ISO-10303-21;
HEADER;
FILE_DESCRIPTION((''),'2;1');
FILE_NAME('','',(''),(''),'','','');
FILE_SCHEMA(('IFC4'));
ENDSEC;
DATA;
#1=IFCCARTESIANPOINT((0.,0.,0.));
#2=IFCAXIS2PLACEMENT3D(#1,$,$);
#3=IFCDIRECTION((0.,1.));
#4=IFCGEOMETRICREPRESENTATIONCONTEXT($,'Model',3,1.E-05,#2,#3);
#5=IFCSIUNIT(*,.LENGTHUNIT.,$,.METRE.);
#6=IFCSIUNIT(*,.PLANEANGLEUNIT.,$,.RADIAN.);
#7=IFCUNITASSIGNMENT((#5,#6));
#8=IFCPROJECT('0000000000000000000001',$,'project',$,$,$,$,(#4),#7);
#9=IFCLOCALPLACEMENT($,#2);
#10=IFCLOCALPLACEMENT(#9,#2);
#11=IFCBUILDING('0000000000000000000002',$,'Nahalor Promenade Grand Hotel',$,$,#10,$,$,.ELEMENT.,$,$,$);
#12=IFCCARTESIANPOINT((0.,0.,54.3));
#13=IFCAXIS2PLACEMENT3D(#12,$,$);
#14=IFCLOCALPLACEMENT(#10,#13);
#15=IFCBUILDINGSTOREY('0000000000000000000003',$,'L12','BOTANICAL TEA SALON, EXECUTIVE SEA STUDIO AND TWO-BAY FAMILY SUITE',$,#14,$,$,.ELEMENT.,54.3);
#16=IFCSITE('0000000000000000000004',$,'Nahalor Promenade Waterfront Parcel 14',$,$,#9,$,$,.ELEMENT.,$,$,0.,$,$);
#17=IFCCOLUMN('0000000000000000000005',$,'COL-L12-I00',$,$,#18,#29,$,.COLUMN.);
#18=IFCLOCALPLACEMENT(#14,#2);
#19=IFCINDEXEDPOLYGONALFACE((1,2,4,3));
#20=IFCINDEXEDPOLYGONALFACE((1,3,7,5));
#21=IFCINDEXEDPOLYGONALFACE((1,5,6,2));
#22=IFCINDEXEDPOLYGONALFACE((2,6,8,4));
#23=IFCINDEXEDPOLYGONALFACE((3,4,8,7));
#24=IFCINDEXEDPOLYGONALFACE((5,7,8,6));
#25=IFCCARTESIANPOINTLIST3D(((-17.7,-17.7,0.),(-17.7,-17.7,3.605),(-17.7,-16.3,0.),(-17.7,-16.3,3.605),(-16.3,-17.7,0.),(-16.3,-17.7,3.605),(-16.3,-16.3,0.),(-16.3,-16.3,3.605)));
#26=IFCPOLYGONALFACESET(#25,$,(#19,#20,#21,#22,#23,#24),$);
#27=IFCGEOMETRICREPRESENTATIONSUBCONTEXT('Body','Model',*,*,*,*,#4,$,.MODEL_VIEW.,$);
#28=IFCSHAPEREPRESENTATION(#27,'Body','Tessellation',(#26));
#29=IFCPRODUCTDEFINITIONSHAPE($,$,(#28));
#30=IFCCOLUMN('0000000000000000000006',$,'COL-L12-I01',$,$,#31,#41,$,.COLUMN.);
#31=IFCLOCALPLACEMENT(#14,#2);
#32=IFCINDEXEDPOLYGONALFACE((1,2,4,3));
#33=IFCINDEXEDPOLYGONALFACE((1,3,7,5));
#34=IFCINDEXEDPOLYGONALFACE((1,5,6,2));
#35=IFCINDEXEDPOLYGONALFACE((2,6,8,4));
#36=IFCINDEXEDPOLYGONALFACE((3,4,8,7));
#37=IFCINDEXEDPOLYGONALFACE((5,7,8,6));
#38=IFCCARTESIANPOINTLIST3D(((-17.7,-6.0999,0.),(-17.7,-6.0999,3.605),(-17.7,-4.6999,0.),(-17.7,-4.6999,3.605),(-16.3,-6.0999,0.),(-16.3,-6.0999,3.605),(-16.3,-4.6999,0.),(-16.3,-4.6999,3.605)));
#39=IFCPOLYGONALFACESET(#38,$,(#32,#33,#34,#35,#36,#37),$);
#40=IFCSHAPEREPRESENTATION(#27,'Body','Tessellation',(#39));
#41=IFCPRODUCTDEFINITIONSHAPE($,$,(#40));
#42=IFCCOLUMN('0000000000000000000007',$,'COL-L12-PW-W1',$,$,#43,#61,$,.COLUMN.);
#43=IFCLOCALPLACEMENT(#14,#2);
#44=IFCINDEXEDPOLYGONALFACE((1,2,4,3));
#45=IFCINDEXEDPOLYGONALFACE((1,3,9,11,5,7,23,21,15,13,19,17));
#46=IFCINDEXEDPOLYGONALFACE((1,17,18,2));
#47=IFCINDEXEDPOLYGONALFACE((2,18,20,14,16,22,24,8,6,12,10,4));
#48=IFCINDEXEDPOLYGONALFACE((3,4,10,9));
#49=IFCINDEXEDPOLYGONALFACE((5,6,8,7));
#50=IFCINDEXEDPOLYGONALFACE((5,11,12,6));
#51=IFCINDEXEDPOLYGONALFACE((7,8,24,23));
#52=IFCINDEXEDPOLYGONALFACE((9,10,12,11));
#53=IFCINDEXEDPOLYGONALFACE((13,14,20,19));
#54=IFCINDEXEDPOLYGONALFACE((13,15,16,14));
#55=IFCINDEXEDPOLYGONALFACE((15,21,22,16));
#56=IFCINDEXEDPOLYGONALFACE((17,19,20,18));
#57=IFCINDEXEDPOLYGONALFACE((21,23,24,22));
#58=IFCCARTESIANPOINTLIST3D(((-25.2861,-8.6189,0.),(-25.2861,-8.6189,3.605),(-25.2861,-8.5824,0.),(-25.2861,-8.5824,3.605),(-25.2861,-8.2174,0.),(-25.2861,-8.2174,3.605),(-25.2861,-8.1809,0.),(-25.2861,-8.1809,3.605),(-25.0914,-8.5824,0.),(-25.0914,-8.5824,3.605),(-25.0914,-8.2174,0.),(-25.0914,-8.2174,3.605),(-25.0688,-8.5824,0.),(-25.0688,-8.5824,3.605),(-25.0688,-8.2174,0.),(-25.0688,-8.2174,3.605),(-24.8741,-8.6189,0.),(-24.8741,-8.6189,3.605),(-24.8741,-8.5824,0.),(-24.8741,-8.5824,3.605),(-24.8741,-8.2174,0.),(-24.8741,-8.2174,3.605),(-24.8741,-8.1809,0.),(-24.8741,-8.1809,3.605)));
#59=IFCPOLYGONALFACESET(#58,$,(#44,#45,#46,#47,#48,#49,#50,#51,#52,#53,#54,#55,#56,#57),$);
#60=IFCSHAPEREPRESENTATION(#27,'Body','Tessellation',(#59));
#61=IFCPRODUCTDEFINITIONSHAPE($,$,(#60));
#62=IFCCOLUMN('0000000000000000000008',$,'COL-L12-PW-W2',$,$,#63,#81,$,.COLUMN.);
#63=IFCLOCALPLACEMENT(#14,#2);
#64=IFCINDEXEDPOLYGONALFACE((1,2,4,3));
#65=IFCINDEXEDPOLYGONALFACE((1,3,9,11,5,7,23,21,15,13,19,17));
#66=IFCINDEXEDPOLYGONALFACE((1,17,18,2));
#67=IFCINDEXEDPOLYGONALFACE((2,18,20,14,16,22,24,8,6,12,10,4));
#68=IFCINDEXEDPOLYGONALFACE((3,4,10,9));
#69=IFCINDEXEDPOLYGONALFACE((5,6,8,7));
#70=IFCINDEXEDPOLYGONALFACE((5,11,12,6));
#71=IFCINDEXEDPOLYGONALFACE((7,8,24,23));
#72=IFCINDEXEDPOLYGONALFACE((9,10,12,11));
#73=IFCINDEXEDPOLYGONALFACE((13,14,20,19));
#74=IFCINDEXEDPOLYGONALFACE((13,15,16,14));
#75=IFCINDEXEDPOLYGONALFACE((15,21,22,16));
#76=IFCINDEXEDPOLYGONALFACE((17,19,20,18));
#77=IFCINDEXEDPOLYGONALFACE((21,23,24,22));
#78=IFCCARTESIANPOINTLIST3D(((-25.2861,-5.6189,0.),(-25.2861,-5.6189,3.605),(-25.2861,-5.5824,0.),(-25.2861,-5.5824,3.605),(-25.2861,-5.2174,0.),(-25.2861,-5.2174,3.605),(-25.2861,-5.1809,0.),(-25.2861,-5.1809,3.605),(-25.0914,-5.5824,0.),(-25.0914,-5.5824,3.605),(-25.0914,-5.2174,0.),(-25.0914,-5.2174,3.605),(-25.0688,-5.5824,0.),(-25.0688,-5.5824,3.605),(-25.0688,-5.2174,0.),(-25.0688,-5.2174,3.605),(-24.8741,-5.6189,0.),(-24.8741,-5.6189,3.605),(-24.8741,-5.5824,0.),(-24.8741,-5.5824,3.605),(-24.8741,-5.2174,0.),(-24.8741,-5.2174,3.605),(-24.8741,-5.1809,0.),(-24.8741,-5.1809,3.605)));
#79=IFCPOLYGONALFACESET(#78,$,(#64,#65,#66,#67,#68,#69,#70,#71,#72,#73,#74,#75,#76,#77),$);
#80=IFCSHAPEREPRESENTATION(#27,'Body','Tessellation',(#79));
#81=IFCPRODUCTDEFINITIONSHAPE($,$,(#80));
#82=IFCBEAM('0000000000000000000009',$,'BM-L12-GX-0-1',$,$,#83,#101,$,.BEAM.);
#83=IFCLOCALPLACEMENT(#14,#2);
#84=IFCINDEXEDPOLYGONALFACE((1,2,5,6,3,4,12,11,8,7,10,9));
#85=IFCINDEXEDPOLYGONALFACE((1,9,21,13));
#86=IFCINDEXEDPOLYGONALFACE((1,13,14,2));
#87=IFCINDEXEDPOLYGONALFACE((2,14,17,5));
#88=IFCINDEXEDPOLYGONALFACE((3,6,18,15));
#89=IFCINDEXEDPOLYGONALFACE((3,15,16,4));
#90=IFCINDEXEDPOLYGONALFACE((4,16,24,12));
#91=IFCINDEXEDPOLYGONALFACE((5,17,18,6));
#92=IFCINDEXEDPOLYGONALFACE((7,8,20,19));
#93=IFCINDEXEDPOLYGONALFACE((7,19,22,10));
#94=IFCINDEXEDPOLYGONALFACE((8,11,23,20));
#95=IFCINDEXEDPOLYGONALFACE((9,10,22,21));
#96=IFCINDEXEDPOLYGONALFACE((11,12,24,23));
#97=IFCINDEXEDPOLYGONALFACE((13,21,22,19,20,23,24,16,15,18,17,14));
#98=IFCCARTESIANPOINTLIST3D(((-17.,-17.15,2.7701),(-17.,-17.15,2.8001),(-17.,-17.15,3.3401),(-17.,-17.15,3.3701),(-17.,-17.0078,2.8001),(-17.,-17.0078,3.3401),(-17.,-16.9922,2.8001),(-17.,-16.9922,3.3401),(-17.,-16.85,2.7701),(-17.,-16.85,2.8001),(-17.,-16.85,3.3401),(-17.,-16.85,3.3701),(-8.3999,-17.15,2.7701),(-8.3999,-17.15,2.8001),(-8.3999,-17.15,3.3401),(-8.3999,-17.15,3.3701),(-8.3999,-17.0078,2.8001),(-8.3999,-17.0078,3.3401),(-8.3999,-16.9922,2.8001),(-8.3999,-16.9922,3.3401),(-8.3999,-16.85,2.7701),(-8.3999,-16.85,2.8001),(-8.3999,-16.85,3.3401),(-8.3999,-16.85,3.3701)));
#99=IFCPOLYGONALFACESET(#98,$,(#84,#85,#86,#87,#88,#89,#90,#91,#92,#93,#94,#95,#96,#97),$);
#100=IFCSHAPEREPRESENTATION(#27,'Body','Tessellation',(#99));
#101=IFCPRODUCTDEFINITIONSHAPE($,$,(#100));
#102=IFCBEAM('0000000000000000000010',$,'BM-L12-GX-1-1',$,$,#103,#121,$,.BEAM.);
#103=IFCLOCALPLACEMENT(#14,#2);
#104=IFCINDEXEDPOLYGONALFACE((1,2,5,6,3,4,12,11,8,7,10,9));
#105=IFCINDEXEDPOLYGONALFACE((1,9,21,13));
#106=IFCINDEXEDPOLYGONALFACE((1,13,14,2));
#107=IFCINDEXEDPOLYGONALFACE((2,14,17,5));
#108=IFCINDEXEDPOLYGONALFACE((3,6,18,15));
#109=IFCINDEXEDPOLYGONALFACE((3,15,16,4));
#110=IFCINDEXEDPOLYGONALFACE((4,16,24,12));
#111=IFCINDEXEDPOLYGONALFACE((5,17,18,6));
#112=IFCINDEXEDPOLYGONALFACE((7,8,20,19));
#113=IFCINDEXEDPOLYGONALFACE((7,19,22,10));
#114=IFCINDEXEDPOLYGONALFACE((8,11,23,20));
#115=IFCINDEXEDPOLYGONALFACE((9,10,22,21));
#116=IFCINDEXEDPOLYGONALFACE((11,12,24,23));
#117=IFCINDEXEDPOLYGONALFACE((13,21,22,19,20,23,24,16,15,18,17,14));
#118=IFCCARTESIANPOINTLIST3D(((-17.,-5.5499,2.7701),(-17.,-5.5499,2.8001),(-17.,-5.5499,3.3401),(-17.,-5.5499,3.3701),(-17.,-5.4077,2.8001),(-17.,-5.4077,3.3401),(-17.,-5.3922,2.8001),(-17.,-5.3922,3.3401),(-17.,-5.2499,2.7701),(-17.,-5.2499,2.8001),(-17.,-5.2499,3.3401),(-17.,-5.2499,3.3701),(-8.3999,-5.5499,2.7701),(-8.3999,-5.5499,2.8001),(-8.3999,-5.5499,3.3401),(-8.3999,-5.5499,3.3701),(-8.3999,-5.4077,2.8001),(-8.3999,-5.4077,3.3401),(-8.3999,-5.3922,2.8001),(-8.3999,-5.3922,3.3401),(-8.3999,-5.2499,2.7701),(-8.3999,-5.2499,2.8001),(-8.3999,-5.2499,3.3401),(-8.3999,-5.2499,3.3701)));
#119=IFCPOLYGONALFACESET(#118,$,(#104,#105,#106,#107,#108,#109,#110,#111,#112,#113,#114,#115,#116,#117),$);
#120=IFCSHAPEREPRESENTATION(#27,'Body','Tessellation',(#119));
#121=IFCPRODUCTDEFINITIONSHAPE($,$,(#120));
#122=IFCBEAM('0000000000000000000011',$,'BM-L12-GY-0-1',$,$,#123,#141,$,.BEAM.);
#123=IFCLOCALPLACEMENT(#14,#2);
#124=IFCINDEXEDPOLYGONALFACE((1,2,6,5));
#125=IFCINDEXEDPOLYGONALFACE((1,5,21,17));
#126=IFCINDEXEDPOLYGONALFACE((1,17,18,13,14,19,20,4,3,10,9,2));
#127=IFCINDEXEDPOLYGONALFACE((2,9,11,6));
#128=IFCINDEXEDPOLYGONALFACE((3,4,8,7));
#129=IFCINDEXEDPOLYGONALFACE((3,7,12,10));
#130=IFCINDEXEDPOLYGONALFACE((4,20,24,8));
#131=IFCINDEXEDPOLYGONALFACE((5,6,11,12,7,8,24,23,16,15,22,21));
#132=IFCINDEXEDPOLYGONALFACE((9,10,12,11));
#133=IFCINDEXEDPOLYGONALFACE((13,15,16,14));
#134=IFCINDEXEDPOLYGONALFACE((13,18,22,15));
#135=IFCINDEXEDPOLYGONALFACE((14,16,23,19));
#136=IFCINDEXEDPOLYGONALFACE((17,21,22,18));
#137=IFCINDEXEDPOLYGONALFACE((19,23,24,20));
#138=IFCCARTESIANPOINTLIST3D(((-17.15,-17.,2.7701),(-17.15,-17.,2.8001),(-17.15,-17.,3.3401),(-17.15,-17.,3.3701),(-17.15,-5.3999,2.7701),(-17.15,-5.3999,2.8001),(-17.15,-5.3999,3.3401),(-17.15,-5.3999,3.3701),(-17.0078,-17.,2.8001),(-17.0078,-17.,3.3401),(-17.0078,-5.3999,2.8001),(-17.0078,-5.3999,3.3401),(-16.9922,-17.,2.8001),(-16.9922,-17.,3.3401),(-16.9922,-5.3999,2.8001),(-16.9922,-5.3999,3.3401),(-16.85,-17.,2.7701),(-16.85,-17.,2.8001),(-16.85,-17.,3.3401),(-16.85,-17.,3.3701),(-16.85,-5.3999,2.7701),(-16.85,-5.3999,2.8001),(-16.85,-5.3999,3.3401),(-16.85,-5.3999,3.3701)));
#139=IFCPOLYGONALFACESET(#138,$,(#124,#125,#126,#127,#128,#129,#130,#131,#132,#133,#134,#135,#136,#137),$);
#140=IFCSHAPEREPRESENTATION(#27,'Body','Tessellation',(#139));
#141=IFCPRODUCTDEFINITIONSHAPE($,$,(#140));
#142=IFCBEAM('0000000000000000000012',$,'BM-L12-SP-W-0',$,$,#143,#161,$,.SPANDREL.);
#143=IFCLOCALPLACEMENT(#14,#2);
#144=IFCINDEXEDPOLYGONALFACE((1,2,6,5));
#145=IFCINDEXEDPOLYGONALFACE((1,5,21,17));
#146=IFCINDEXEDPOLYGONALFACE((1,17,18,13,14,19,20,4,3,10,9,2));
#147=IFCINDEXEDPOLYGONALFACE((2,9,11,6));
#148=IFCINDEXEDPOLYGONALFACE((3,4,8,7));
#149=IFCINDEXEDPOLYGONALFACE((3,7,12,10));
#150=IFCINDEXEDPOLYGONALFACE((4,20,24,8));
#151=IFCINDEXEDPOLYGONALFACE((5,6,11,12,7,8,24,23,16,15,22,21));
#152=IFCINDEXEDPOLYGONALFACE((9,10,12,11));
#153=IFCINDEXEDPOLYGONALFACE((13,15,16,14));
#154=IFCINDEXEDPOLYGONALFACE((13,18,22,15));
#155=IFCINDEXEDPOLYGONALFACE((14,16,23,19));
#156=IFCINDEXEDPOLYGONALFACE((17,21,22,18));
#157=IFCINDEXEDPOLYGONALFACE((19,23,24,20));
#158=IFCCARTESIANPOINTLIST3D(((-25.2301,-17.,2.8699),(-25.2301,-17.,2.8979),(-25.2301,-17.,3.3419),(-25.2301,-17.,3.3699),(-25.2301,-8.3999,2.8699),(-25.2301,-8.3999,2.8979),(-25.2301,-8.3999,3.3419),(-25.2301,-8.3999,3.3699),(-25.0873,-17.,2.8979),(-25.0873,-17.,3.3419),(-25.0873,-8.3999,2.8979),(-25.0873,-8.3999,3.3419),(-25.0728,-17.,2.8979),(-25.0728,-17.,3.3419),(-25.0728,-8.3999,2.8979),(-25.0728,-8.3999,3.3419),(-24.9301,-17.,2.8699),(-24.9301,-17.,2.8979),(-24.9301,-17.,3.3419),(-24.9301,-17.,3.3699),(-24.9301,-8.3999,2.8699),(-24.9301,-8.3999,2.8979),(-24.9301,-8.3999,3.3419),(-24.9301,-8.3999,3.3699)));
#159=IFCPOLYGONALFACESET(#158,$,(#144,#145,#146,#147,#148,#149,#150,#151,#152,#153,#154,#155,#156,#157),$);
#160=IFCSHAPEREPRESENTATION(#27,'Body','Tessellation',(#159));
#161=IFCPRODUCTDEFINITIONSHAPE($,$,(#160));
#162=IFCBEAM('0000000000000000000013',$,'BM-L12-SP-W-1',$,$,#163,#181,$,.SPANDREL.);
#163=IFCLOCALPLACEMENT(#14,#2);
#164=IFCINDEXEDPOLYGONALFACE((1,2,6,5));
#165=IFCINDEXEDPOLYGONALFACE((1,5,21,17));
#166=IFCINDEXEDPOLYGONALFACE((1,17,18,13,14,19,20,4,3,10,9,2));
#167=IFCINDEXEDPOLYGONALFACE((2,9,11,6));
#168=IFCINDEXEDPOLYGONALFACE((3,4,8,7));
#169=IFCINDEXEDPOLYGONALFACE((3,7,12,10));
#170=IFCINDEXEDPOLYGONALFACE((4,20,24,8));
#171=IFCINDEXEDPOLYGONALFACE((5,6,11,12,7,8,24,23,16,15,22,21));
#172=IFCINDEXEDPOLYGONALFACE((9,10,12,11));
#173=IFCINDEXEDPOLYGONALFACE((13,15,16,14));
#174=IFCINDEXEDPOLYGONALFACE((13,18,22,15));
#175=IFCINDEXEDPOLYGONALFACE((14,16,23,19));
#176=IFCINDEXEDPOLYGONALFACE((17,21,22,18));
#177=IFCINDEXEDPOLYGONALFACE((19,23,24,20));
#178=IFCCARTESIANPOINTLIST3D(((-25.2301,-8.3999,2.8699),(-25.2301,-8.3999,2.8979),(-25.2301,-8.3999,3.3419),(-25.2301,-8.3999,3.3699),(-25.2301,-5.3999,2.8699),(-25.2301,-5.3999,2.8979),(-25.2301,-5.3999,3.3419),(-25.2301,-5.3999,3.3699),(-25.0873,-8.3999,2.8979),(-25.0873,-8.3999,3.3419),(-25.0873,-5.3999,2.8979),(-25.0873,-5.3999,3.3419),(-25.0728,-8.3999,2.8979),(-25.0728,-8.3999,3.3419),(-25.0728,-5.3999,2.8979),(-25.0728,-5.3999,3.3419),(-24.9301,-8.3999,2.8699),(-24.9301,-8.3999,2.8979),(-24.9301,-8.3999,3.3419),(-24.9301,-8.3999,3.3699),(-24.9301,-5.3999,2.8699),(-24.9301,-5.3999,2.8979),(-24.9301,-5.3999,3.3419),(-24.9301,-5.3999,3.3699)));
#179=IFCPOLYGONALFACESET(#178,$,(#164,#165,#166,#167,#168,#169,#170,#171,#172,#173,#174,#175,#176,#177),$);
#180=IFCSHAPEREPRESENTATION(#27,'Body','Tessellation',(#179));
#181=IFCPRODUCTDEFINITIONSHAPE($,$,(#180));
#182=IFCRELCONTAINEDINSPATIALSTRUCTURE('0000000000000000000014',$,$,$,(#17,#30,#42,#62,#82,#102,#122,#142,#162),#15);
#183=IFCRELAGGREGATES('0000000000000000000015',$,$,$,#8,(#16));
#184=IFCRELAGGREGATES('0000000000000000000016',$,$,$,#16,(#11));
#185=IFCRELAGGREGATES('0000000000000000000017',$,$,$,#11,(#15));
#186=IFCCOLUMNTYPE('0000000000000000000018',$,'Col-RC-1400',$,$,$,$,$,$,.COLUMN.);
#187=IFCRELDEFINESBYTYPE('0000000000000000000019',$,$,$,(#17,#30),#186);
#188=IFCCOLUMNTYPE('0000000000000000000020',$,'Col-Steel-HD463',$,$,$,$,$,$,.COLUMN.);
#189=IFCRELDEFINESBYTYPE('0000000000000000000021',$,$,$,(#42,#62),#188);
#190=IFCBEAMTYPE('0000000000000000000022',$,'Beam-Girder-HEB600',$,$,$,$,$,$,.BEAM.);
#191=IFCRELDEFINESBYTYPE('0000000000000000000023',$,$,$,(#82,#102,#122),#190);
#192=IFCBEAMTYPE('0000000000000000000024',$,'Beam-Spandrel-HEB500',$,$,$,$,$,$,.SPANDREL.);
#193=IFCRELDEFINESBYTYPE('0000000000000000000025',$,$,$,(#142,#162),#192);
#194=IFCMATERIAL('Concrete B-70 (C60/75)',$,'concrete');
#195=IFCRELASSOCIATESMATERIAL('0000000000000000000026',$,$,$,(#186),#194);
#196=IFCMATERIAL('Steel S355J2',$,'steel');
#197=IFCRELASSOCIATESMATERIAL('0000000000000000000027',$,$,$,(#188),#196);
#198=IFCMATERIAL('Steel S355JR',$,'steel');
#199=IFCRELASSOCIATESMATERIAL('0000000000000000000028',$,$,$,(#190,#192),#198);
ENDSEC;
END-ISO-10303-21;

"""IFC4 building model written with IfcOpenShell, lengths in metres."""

from ifc_helpers import new_model, si_unit, direction, frame, origin, origin_2d, place, context, subcontext, project, spatial, rectangle, i_section, extrude, source, transform, mapped, material, material_profile, profile_set, type_object, element, save


model = new_model("IFC4")

# Units and contexts
model_context = context("Model", 3, precision=1e-05, world=origin(), true_north=direction((0.0, 1.0)))
body_context = subcontext(model_context, "Body", "Model", "MODEL_VIEW")
ifc_project = project(units=[si_unit("LENGTHUNIT", "METRE"), si_unit("PLANEANGLEUNIT", "RADIAN")], contexts=[model_context])

# Site, building, storey
site_placement = place(None, origin())
site = spatial("IfcSite", under=ifc_project, at=site_placement, Name="Nahalor Promenade Waterfront Parcel 14", CompositionType="ELEMENT", RefElevation=0.0)
building_placement = place(site_placement, origin())
building = spatial("IfcBuilding", under=site, at=building_placement, Name="Nahalor Promenade Grand Hotel", CompositionType="ELEMENT")
storey_placement = place(building_placement, frame((0.0, 0.0, 54.3)))
storey = spatial("IfcBuildingStorey", under=building, at=storey_placement, Name="L12", Description="BOTANICAL TEA SALON, EXECUTIVE SEA STUDIO AND TWO-BAY FAMILY SUITE", CompositionType="ELEMENT", Elevation=54.3)

# Columns
ifc_material_1 = material(Name="Concrete B-70 (C60/75)", Category="concrete")
ifc_material_profile_1 = material_profile(ifc_material_1, rectangle(XDim=1.4, YDim=1.4, at=origin_2d()), Name="RC 1400x1400")
ifc_profile_set_1 = profile_set([ifc_material_profile_1], Name="Concrete B-70 (C60/75)")
column_type_1 = type_object("IfcColumnType", Name="Col-RC-1400", PredefinedType="COLUMN", material=ifc_profile_set_1)
shared_shape_1 = source(origin(), body_context, "Body", "SweptSolid", [
    extrude(rectangle(XDim=1.4, YDim=1.4, at=origin_2d()), origin(), (0.0, 0.0, 1.0), 3.605),
])
for number, where, z_axis, x_axis, name in (
    (1, (-17.0, -17.0, 0.0), (0.0, 0.0, 1.0), (1.0, 0.0, 0.0), "COL-L12-I00"),
    (2, (-17.0, -5.3999, 0.0), (0.0, 0.0, 1.0), (1.0, 0.0, 0.0), "COL-L12-I01"),
):
    element("IfcColumn", number, at=place(storey_placement, frame(where, z_axis=z_axis, x_axis=x_axis)), inside=storey, type_object=column_type_1, Name=name, PredefinedType="COLUMN", context=body_context, shape_type="MappedRepresentation", body=[
        mapped(shared_shape_1, transform((0.0, 0.0, 0.0), scale=1.0)),
    ])
ifc_material_2 = material(Name="Steel S355J2", Category="steel")
ifc_material_profile_2 = material_profile(ifc_material_2, i_section(OverallWidth=0.412, OverallDepth=0.438, WebThickness=0.0226, FlangeThickness=0.0365, at=origin_2d()), Name="HD 400x463")
ifc_profile_set_2 = profile_set([ifc_material_profile_2], Name="Steel S355J2")
column_type_2 = type_object("IfcColumnType", Name="Col-Steel-HD463", PredefinedType="COLUMN", material=ifc_profile_set_2)
shared_shape_2 = source(origin(), body_context, "Body", "SweptSolid", [
    extrude(i_section(OverallWidth=0.412, OverallDepth=0.438, WebThickness=0.0226, FlangeThickness=0.0365, at=origin_2d()), origin(), (0.0, 0.0, 1.0), 3.605),
])
for number, where, z_axis, x_axis, name in (
    (3, (-25.0801, -8.3999, 0.0), (0.0, 0.0, 1.0), (1.0, 0.0, 0.0), "COL-L12-PW-W1"),
    (4, (-25.0801, -5.3999, 0.0), (0.0, 0.0, 1.0), (1.0, 0.0, 0.0), "COL-L12-PW-W2"),
):
    element("IfcColumn", number, at=place(storey_placement, frame(where, z_axis=z_axis, x_axis=x_axis)), inside=storey, type_object=column_type_2, Name=name, PredefinedType="COLUMN", context=body_context, shape_type="MappedRepresentation", body=[
        mapped(shared_shape_2, transform((0.0, 0.0, 0.0), scale=1.0)),
    ])

# Beams
ifc_material_3 = material(Name="Steel S355JR", Category="steel")
ifc_material_profile_3 = material_profile(ifc_material_3, i_section(OverallWidth=0.3, OverallDepth=0.6, WebThickness=0.0155, FlangeThickness=0.03, at=origin_2d()), Name="HEB 600")
ifc_profile_set_3 = profile_set([ifc_material_profile_3], Name="Steel S355JR")
beam_type_1 = type_object("IfcBeamType", Name="Beam-Girder-HEB600", PredefinedType="BEAM", material=ifc_profile_set_3)
shared_shape_3 = source(origin(), body_context, "Body", "SweptSolid", [
    extrude(i_section(OverallWidth=0.3, OverallDepth=0.6, WebThickness=0.0155, FlangeThickness=0.03, at=origin_2d()), origin(), (0.0, 0.0, 1.0), 8.6001),
])
for number, where, z_axis, x_axis, name in (
    (5, (-17.0, -17.0, 3.0701), (1.0, 0.0, 0.0), (0.0, 1.0, 0.0), "BM-L12-GX-0-1"),
    (6, (-17.0, -5.3999, 3.0701), (1.0, 0.0, 0.0), (0.0, 1.0, 0.0), "BM-L12-GX-1-1"),
):
    element("IfcBeam", number, at=place(storey_placement, frame(where, z_axis=z_axis, x_axis=x_axis)), inside=storey, type_object=beam_type_1, Name=name, PredefinedType="BEAM", context=body_context, shape_type="MappedRepresentation", body=[
        mapped(shared_shape_3, transform((0.0, 0.0, 0.0), scale=1.0)),
    ])
shared_shape_4 = source(origin(), body_context, "Body", "SweptSolid", [
    extrude(i_section(OverallWidth=0.3, OverallDepth=0.6, WebThickness=0.0155, FlangeThickness=0.03, at=origin_2d()), origin(), (0.0, 0.0, 1.0), 11.6001),
])
beam_1_placement = place(storey_placement, frame((-17.0, -17.0, 3.0701), z_axis=(0.0, 1.0, 0.0), x_axis=(-1.0, 0.0, 0.0)))
element("IfcBeam", 7, at=beam_1_placement, inside=storey, type_object=beam_type_1, Name="BM-L12-GY-0-1", PredefinedType="BEAM", context=body_context, shape_type="MappedRepresentation", body=[
    mapped(shared_shape_4, transform((0.0, 0.0, 0.0), scale=1.0)),
])
ifc_material_profile_4 = material_profile(ifc_material_3, i_section(OverallWidth=0.3, OverallDepth=0.5, WebThickness=0.0145, FlangeThickness=0.028, at=origin_2d()), Name="HEB 500")
ifc_profile_set_4 = profile_set([ifc_material_profile_4], Name="Steel S355JR")
beam_type_2 = type_object("IfcBeamType", Name="Beam-Spandrel-HEB500", PredefinedType="SPANDREL", material=ifc_profile_set_4)
shared_shape_5 = source(origin(), body_context, "Body", "SweptSolid", [
    extrude(i_section(OverallWidth=0.3, OverallDepth=0.5, WebThickness=0.0145, FlangeThickness=0.028, at=origin_2d()), origin(), (0.0, 0.0, 1.0), 8.6001),
])
beam_2_placement = place(storey_placement, frame((-25.0801, -17.0, 3.1199), z_axis=(0.0, 1.0, 0.0), x_axis=(-1.0, 0.0, 0.0)))
element("IfcBeam", 8, at=beam_2_placement, inside=storey, type_object=beam_type_2, Name="BM-L12-SP-W-0", PredefinedType="SPANDREL", context=body_context, shape_type="MappedRepresentation", body=[
    mapped(shared_shape_5, transform((0.0, 0.0, 0.0), scale=1.0)),
])
shared_shape_6 = source(origin(), body_context, "Body", "SweptSolid", [
    extrude(i_section(OverallWidth=0.3, OverallDepth=0.5, WebThickness=0.0145, FlangeThickness=0.028, at=origin_2d()), origin(), (0.0, 0.0, 1.0), 3.0),
])
beam_3_placement = place(storey_placement, frame((-25.0801, -8.3999, 3.1199), z_axis=(0.0, 1.0, 0.0), x_axis=(-1.0, 0.0, 0.0)))
element("IfcBeam", 9, at=beam_3_placement, inside=storey, type_object=beam_type_2, Name="BM-L12-SP-W-1", PredefinedType="SPANDREL", context=body_context, shape_type="MappedRepresentation", body=[
    mapped(shared_shape_6, transform((0.0, 0.0, 0.0), scale=1.0)),
])

save(model, "model.ifc")
